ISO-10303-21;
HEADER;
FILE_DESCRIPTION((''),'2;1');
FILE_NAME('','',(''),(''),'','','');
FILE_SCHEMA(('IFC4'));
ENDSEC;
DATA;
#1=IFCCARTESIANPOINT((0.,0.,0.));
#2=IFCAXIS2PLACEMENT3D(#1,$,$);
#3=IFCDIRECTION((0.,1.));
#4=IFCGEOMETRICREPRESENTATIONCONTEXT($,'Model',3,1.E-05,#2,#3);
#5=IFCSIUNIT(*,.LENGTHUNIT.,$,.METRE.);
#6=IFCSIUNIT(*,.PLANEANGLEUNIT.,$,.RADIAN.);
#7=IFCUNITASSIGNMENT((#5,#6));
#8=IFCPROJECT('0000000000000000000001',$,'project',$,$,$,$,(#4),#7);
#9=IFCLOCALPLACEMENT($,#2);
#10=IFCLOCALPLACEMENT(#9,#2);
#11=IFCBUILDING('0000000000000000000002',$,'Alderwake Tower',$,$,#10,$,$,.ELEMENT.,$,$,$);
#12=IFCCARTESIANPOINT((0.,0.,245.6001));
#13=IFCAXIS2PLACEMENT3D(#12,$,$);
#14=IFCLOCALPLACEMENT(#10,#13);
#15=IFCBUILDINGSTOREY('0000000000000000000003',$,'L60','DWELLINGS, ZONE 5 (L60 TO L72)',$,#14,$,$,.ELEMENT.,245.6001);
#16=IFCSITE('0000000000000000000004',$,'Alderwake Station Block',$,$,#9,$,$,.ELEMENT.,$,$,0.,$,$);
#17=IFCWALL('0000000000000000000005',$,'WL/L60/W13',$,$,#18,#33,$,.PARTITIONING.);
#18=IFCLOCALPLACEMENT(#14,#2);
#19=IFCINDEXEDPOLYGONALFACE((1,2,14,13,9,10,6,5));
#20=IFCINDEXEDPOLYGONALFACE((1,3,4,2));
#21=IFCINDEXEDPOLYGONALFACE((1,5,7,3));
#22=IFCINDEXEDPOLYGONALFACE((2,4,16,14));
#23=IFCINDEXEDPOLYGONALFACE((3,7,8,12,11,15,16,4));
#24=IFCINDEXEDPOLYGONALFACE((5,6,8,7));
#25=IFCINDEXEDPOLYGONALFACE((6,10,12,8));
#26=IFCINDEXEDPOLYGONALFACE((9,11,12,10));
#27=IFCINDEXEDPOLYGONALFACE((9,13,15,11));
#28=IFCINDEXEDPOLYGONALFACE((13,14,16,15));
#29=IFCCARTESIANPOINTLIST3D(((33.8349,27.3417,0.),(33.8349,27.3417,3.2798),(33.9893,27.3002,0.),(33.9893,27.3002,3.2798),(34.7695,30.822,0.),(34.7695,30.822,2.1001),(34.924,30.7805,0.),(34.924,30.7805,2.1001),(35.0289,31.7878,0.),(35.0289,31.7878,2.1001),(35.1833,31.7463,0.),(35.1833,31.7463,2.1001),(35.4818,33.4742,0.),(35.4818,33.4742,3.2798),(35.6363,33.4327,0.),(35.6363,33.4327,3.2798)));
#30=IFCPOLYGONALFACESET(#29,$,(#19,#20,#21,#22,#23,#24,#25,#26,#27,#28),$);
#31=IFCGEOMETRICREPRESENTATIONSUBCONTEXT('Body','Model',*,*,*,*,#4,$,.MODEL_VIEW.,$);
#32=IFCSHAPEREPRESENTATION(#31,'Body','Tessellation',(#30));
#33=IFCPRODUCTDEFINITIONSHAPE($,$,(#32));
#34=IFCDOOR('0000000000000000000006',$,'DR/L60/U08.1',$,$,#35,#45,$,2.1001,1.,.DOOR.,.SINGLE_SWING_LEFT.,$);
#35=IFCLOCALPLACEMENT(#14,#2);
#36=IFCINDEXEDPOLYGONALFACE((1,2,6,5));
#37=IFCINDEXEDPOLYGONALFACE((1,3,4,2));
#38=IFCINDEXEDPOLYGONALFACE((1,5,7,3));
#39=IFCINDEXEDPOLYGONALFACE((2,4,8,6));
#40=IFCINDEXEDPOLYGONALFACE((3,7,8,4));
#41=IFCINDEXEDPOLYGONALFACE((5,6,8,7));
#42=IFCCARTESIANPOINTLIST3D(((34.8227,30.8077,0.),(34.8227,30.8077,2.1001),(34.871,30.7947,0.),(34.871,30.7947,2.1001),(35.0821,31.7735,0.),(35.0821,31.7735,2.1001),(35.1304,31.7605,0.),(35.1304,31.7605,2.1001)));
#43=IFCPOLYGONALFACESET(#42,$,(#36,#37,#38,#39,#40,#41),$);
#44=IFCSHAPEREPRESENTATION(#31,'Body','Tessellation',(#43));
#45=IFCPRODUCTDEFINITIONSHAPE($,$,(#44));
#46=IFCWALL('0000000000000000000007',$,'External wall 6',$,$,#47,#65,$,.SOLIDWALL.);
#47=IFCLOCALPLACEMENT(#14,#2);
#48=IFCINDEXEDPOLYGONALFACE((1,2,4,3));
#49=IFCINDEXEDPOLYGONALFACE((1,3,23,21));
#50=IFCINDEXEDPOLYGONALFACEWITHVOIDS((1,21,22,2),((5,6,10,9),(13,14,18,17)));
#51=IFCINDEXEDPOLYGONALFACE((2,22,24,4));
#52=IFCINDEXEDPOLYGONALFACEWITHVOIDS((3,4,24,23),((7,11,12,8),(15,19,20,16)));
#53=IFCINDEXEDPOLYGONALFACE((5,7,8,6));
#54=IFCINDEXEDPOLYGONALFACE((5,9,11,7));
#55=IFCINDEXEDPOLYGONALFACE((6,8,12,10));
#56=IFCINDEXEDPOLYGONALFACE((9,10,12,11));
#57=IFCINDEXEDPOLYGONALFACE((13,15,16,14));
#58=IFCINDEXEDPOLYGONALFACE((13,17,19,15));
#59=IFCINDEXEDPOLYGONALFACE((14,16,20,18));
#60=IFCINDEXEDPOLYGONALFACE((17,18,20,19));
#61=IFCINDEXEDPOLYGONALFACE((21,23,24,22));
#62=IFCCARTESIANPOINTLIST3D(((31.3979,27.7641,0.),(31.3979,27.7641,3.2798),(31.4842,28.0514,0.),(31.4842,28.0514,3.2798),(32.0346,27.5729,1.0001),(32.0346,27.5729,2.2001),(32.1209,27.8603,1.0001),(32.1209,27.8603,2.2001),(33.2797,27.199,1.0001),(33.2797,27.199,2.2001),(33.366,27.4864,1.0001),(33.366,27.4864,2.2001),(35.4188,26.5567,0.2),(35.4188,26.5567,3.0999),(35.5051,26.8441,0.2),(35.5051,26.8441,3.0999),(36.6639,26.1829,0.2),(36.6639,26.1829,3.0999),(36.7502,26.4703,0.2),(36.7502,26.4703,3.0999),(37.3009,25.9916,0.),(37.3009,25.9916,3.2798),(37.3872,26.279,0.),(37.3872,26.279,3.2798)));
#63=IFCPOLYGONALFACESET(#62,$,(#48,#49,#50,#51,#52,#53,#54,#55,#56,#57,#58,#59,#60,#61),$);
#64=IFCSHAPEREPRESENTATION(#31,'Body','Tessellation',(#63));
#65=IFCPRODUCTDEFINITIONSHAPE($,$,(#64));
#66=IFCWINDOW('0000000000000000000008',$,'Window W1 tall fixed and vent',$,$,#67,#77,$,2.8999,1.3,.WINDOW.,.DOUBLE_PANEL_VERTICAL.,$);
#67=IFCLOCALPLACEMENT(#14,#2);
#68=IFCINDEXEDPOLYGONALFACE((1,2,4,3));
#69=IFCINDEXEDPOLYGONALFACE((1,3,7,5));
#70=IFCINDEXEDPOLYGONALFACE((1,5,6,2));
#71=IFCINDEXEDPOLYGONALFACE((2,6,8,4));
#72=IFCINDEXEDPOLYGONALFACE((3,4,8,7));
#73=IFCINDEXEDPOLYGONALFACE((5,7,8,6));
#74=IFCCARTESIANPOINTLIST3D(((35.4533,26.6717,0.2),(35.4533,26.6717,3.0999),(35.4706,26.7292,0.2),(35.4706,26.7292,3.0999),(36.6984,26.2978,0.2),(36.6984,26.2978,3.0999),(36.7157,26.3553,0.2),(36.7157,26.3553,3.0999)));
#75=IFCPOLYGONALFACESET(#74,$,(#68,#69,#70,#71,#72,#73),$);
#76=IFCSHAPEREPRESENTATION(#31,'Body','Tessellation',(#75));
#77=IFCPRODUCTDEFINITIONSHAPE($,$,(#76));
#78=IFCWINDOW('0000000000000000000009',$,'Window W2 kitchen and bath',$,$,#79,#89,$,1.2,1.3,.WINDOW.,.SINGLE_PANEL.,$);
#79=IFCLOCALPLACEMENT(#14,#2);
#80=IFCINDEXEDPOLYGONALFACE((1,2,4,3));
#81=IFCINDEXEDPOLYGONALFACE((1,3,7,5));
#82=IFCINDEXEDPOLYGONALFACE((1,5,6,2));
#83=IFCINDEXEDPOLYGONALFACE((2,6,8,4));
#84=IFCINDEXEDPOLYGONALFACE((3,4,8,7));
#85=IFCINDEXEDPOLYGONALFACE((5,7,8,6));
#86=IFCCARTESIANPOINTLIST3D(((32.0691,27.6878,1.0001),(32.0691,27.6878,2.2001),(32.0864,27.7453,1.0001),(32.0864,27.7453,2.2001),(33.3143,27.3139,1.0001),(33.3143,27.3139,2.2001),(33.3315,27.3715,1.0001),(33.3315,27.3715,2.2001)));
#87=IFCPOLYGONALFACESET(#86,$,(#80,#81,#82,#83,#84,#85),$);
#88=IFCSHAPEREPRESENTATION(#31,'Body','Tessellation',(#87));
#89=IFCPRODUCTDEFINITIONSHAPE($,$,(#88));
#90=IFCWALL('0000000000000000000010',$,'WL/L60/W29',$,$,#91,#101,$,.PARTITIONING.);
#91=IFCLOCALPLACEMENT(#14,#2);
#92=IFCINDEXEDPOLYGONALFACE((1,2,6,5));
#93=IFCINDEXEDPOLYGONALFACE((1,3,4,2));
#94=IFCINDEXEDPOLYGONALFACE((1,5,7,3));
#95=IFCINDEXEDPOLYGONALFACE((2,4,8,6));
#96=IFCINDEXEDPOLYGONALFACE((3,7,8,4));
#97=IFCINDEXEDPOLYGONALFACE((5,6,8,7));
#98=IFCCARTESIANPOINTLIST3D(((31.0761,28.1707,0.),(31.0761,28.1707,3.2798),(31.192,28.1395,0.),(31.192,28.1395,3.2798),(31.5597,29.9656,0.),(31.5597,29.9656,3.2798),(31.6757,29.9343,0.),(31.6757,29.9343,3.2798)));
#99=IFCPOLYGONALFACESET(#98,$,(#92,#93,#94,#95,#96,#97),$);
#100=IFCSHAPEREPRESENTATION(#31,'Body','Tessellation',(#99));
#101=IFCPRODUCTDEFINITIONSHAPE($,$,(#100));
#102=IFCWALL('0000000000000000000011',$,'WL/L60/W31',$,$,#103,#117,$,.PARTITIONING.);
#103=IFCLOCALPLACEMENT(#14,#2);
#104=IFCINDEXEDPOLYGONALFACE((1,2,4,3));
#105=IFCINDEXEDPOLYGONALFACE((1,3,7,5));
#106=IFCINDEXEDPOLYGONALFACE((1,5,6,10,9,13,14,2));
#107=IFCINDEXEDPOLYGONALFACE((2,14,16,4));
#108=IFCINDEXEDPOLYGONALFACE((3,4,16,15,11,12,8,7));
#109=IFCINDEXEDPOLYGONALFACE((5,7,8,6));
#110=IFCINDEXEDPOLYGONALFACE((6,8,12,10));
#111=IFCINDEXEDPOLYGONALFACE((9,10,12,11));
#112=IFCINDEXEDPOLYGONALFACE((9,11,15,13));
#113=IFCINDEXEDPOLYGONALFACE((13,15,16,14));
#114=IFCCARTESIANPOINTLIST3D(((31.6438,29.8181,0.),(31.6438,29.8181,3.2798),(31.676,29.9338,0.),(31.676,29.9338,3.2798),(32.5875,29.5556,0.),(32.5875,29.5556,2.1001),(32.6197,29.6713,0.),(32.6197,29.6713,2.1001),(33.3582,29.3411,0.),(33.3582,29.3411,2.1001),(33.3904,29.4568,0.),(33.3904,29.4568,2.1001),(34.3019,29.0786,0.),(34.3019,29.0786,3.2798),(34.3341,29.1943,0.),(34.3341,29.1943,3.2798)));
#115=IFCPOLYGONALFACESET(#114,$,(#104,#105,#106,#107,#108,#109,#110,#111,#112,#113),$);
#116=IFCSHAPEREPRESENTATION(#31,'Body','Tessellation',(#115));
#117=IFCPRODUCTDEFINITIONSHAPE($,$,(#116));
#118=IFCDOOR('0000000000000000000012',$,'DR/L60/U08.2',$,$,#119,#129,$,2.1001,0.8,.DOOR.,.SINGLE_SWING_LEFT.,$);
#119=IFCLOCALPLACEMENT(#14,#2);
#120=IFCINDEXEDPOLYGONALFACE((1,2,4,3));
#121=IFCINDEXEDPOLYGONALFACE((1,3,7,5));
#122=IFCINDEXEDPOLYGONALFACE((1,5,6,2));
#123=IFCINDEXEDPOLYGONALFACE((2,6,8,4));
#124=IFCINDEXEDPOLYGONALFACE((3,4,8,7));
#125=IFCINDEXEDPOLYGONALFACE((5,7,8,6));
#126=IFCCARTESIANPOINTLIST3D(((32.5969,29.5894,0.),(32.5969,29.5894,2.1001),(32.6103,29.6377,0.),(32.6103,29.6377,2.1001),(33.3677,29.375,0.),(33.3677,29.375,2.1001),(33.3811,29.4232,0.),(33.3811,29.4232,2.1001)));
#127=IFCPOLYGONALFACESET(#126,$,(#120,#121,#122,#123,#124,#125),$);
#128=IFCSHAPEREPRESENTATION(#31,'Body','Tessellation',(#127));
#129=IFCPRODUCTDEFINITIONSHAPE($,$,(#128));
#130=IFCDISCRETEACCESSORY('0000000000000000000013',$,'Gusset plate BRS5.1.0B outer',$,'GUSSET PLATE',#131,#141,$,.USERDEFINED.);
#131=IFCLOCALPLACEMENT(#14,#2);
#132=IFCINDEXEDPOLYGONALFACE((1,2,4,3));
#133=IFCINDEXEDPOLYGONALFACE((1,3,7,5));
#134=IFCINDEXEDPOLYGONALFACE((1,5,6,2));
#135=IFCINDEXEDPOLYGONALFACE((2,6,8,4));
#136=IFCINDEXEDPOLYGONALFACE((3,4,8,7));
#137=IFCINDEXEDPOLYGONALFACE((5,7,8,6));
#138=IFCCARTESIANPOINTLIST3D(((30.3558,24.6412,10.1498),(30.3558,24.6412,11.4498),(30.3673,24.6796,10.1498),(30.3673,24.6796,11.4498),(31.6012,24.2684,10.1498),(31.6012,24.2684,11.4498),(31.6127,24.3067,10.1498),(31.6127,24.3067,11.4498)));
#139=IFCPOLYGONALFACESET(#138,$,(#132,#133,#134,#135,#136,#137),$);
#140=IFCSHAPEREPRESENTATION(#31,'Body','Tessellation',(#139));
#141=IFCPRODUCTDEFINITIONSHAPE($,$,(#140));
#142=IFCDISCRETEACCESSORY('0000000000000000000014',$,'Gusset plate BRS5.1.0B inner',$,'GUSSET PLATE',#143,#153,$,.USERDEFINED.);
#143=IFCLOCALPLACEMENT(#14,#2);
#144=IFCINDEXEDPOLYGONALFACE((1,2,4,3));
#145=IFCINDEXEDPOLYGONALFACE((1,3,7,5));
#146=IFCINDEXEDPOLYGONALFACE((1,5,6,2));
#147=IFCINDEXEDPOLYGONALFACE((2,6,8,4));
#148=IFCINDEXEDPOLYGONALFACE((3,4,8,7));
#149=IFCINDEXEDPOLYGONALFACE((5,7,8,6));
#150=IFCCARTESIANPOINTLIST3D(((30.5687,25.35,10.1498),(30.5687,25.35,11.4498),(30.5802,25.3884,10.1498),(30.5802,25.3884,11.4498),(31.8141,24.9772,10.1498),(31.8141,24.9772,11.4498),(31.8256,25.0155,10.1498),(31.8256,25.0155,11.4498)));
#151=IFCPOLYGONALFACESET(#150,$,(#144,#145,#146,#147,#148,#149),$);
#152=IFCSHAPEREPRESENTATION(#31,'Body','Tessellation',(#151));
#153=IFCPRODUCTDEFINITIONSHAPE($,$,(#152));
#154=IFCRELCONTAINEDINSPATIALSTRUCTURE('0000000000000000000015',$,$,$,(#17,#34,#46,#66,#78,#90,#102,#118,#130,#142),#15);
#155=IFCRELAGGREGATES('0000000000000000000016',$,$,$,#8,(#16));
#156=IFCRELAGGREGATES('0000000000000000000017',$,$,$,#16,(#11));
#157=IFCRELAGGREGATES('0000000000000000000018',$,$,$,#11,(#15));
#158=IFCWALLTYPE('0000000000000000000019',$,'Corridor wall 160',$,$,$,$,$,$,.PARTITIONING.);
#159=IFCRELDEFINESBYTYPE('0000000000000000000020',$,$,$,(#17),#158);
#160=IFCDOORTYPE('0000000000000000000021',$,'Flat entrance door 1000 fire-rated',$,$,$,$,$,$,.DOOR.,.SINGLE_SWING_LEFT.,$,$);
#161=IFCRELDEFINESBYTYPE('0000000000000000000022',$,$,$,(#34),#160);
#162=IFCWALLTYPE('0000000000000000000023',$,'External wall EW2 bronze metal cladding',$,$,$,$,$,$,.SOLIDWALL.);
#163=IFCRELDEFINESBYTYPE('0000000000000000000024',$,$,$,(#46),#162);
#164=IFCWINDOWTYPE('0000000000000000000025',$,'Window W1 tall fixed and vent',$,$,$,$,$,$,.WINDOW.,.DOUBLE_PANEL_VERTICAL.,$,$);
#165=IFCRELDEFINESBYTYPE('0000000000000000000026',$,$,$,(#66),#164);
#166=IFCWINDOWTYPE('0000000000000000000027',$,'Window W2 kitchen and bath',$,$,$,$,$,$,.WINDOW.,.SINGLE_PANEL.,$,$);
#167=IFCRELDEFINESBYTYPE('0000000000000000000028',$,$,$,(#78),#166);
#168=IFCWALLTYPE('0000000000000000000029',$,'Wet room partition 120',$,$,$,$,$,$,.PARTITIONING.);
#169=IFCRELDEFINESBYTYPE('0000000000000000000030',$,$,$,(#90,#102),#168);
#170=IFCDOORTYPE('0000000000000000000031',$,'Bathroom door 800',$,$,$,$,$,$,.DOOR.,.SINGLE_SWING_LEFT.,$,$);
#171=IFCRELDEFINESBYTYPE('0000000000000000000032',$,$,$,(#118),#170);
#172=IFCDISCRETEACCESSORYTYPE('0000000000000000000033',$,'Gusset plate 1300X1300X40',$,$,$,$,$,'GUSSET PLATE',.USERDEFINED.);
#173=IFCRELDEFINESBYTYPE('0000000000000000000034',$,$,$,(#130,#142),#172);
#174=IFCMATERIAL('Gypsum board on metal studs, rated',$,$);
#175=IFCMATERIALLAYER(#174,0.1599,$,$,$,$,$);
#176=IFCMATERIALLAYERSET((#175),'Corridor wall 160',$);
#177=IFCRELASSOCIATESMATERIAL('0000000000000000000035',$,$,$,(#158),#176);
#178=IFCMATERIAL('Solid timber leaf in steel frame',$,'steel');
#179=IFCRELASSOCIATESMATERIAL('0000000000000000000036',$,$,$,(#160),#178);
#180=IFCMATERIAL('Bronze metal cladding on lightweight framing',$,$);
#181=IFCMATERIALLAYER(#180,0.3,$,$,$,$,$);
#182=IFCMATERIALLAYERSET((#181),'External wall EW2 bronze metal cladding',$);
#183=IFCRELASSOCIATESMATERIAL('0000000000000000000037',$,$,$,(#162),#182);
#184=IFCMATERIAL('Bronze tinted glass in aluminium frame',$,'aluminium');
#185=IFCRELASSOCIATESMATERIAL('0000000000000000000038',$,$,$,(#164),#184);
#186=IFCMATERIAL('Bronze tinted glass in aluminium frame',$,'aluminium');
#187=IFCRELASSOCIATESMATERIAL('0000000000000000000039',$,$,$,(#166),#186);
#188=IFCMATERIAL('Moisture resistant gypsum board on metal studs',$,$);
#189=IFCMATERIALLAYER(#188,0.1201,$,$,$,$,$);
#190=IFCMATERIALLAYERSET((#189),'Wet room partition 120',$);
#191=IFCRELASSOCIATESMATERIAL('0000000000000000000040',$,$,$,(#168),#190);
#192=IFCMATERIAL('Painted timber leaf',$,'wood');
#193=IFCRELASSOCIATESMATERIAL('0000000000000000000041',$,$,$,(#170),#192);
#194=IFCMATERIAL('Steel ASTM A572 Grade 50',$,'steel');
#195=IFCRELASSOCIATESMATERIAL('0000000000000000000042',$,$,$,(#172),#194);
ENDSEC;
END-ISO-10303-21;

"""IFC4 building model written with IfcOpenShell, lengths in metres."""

from ifc_helpers import new_model, si_unit, direction, frame, frame_2d, origin, origin_2d, place, context, subcontext, project, spatial, rectangle, extrude, material, layer, layer_set, material_profile, profile_set, type_object, element, fill, save


model = new_model("IFC4")

# Units and contexts
model_context = context("Model", 3, precision=1e-05, world=origin(), true_north=direction((0.0, 1.0)))
body_context = subcontext(model_context, "Body", "Model", "MODEL_VIEW")
ifc_project = project(units=[si_unit("LENGTHUNIT", "METRE"), si_unit("PLANEANGLEUNIT", "RADIAN")], contexts=[model_context])

# Site, building, storey
site_placement = place(None, origin())
site = spatial("IfcSite", under=ifc_project, at=site_placement, Name="Alderwake Station Block", CompositionType="ELEMENT", RefElevation=0.0)
building_placement = place(site_placement, origin())
building = spatial("IfcBuilding", under=site, at=building_placement, Name="Alderwake Tower", CompositionType="ELEMENT")
storey_placement = place(building_placement, frame((0.0, 0.0, 245.6001)))
storey = spatial("IfcBuildingStorey", under=building, at=storey_placement, Name="L60", Description="DWELLINGS, ZONE 5 (L60 TO L72)", CompositionType="ELEMENT", Elevation=245.6001)

# Wall, opening, door
ifc_material_1 = material(Name="Gypsum board on metal studs, rated")
ifc_layer_1 = layer(ifc_material_1, 0.1599)
ifc_layer_set_1 = layer_set([ifc_layer_1], Name="Corridor wall 160")
wall_type_1 = type_object("IfcWallType", Name="Corridor wall 160", PredefinedType="PARTITIONING", material=ifc_layer_set_1)
wall_1_placement = place(storey_placement, frame((33.9121, 27.321, 0.0), z_axis=(0.0, 0.0, 1.0), x_axis=(0.259371, 0.965778, 0.0)))
wall_1 = element("IfcWall", 1, at=wall_1_placement, inside=storey, type_object=wall_type_1, Name="WL/L60/W13", PredefinedType="PARTITIONING", context=body_context, shape_type="SweptSolid", body=[
    extrude(rectangle(XDim=6.3499, YDim=0.1599, at=frame_2d((3.1748, 0.0))), origin(), (0.0, 0.0, 1.0), 3.2798),
])
opening_1_placement = place(wall_1_placement, frame((3.6035, 0.0, 0.0)))
opening_1 = element("IfcOpeningElement", 2, at=opening_1_placement, cuts=wall_1, PredefinedType="OPENING", context=body_context, shape_type="SweptSolid", body=[
    extrude(rectangle(XDim=1.0, YDim=2.1001, at=frame_2d((0.5, 1.05))), frame((0.0, 0.0898, 0.0), z_axis=(0.0, -1.0, 0.0), x_axis=(1.0, 0.0, 0.0)), (0.0, 0.0, 1.0), 0.1799),
])
ifc_material_2 = material(Name="Solid timber leaf in steel frame", Category="steel")
door_type_1 = type_object("IfcDoorType", Name="Flat entrance door 1000 fire-rated", OperationType="SINGLE_SWING_LEFT", PredefinedType="DOOR", material=ifc_material_2)
door_1_placement = place(opening_1_placement, origin())
door_1 = element("IfcDoor", 3, at=door_1_placement, inside=storey, type_object=door_type_1, Name="DR/L60/U08.1", OperationType="SINGLE_SWING_LEFT", OverallHeight=2.1001, OverallWidth=1.0, PredefinedType="DOOR", context=body_context, shape_type="SweptSolid", body=[
    extrude(rectangle(XDim=1.0, YDim=2.1001, at=frame_2d((0.5, 1.05))), frame((0.0, 0.0249, 0.0), z_axis=(0.0, -1.0, 0.0), x_axis=(1.0, 0.0, 0.0)), (0.0, 0.0, 1.0), 0.05),
])
fill(opening_1, door_1)

# Wall, openings, windows
ifc_material_3 = material(Name="Bronze metal cladding on lightweight framing")
ifc_layer_2 = layer(ifc_material_3, 0.3)
ifc_layer_set_2 = layer_set([ifc_layer_2], Name="External wall EW2 bronze metal cladding")
wall_type_2 = type_object("IfcWallType", Name="External wall EW2 bronze metal cladding", PredefinedType="SOLIDWALL", material=ifc_layer_set_2)
wall_2_placement = place(storey_placement, frame((31.4412, 27.9077, 0.0), z_axis=(0.0, 0.0, 1.0), x_axis=(0.957758, -0.287577, 0.0)))
wall_2 = element("IfcWall", 4, at=wall_2_placement, inside=storey, type_object=wall_type_2, Name="External wall 6", PredefinedType="SOLIDWALL", context=body_context, shape_type="SweptSolid", body=[
    extrude(rectangle(XDim=6.1633, YDim=0.3, at=frame_2d((3.0815, 0.0))), origin(), (0.0, 0.0, 1.0), 3.2798),
])
opening_2_placement = place(wall_2_placement, frame((0.6648, 0.0, 1.0)))
opening_2 = element("IfcOpeningElement", 5, at=opening_2_placement, cuts=wall_2, PredefinedType="OPENING", context=body_context, shape_type="SweptSolid", body=[
    extrude(rectangle(XDim=1.3, YDim=1.2, at=frame_2d((0.6499, 0.6001))), frame((0.0, 0.1599, 0.0), z_axis=(0.0, -1.0, 0.0), x_axis=(1.0, 0.0, 0.0)), (0.0, 0.0, 1.0), 0.3201),
])
opening_3_placement = place(wall_2_placement, frame((4.1982, 0.0, 0.2)))
opening_3 = element("IfcOpeningElement", 6, at=opening_3_placement, cuts=wall_2, PredefinedType="OPENING", context=body_context, shape_type="SweptSolid", body=[
    extrude(rectangle(XDim=1.3, YDim=2.8999, at=frame_2d((0.6499, 1.45))), frame((0.0, 0.1599, 0.0), z_axis=(0.0, -1.0, 0.0), x_axis=(1.0, 0.0, 0.0)), (0.0, 0.0, 1.0), 0.3201),
])
ifc_material_4 = material(Name="Bronze tinted glass in aluminium frame", Category="aluminium")
window_type_1 = type_object("IfcWindowType", Name="Window W1 tall fixed and vent", PartitioningType="DOUBLE_PANEL_VERTICAL", PredefinedType="WINDOW", material=ifc_material_4)
window_1_placement = place(opening_3_placement, origin())
window_1 = element("IfcWindow", 7, at=window_1_placement, inside=storey, type_object=window_type_1, Name="Window W1 tall fixed and vent", OverallHeight=2.8999, OverallWidth=1.3, PartitioningType="DOUBLE_PANEL_VERTICAL", PredefinedType="WINDOW", context=body_context, shape_type="SweptSolid", body=[
    extrude(rectangle(XDim=1.3, YDim=2.8999, at=frame_2d((0.6499, 1.45))), frame((0.0, 0.03, 0.0), z_axis=(0.0, -1.0, 0.0), x_axis=(1.0, 0.0, 0.0)), (0.0, 0.0, 1.0), 0.0601),
])
fill(opening_3, window_1)
ifc_material_5 = material(Name="Bronze tinted glass in aluminium frame", Category="aluminium")
window_type_2 = type_object("IfcWindowType", Name="Window W2 kitchen and bath", PartitioningType="SINGLE_PANEL", PredefinedType="WINDOW", material=ifc_material_5)
window_2_placement = place(opening_2_placement, origin())
window_2 = element("IfcWindow", 8, at=window_2_placement, inside=storey, type_object=window_type_2, Name="Window W2 kitchen and bath", OverallHeight=1.2, OverallWidth=1.3, PartitioningType="SINGLE_PANEL", PredefinedType="WINDOW", context=body_context, shape_type="SweptSolid", body=[
    extrude(rectangle(XDim=1.3, YDim=1.2, at=frame_2d((0.6499, 0.6001))), frame((0.0, 0.03, 0.0), z_axis=(0.0, -1.0, 0.0), x_axis=(1.0, 0.0, 0.0)), (0.0, 0.0, 1.0), 0.0601),
])
fill(opening_2, window_2)

# Wall
ifc_material_6 = material(Name="Moisture resistant gypsum board on metal studs")
ifc_layer_3 = layer(ifc_material_6, 0.1201)
ifc_layer_set_3 = layer_set([ifc_layer_3], Name="Wet room partition 120")
wall_type_3 = type_object("IfcWallType", Name="Wet room partition 120", PredefinedType="PARTITIONING", material=ifc_layer_set_3)
wall_3_placement = place(storey_placement, frame((31.6177, 29.95, 0.0), z_axis=(0.0, 0.0, 1.0), x_axis=(-0.260171, -0.965562, 0.0)))
element("IfcWall", 9, at=wall_3_placement, inside=storey, type_object=wall_type_3, Name="WL/L60/W29", PredefinedType="PARTITIONING", context=body_context, shape_type="SweptSolid", body=[
    extrude(rectangle(XDim=1.8589, YDim=0.1201, at=frame_2d((0.9294, 0.0))), origin(), (0.0, 0.0, 1.0), 3.2798),
])

# Wall, opening, door
wall_4_placement = place(storey_placement, frame((34.3179, 29.1365, 0.0), z_axis=(0.0, 0.0, 1.0), x_axis=(-0.963408, 0.268041, 0.0)))
wall_4 = element("IfcWall", 10, at=wall_4_placement, inside=storey, type_object=wall_type_3, Name="WL/L60/W31", PredefinedType="PARTITIONING", context=body_context, shape_type="SweptSolid", body=[
    extrude(rectangle(XDim=2.759, YDim=0.1201, at=frame_2d((1.3794, 0.0))), origin(), (0.0, 0.0, 1.0), 3.2798),
])
opening_4_placement = place(wall_4_placement, frame((0.9795, 0.0, 0.0)))
opening_4 = element("IfcOpeningElement", 11, at=opening_4_placement, cuts=wall_4, PredefinedType="OPENING", context=body_context, shape_type="SweptSolid", body=[
    extrude(rectangle(XDim=0.8, YDim=2.1001, at=frame_2d((0.3999, 1.05))), frame((0.0, 0.0701, 0.0), z_axis=(0.0, -1.0, 0.0), x_axis=(1.0, 0.0, 0.0)), (0.0, 0.0, 1.0), 0.1401),
])
ifc_material_7 = material(Name="Painted timber leaf", Category="wood")
door_type_2 = type_object("IfcDoorType", Name="Bathroom door 800", OperationType="SINGLE_SWING_LEFT", PredefinedType="DOOR", material=ifc_material_7)
door_2_placement = place(opening_4_placement, origin())
door_2 = element("IfcDoor", 12, at=door_2_placement, inside=storey, type_object=door_type_2, Name="DR/L60/U08.2", OperationType="SINGLE_SWING_LEFT", OverallHeight=2.1001, OverallWidth=0.8, PredefinedType="DOOR", context=body_context, shape_type="SweptSolid", body=[
    extrude(rectangle(XDim=0.8, YDim=2.1001, at=frame_2d((0.3999, 1.05))), frame((0.0, 0.0249, 0.0), z_axis=(0.0, -1.0, 0.0), x_axis=(1.0, 0.0, 0.0)), (0.0, 0.0, 1.0), 0.05),
])
fill(opening_4, door_2)

# Discrete accessories
ifc_material_8 = material(Name="Steel ASTM A572 Grade 50", Category="steel")
ifc_material_profile_1 = material_profile(ifc_material_8, rectangle(XDim=1.3, YDim=1.3, at=origin_2d()), Name="gusset 1300X1300")
ifc_profile_set_1 = profile_set([ifc_material_profile_1], Name="Steel ASTM A572 Grade 50")
discrete_accessory_type = type_object("IfcDiscreteAccessoryType", Name="Gusset plate 1300X1300X40", ElementType="GUSSET PLATE", PredefinedType="USERDEFINED", material=ifc_profile_set_1)
for number, where, z_axis, x_axis, name in (
    (13, (30.99, 24.4932, 10.7998), (-0.286788, -0.957994, 0.0), (0.957994, -0.286788, 0.0), "Gusset plate BRS5.1.0B outer"),
    (14, (31.1914, 25.1636, 10.7998), (0.286788, 0.957994, 0.0), (-0.957994, 0.286788, 0.0), "Gusset plate BRS5.1.0B inner"),
):
    element("IfcDiscreteAccessory", number, at=place(storey_placement, frame(where, z_axis=z_axis, x_axis=x_axis)), inside=storey, type_object=discrete_accessory_type, Name=name, ObjectType="GUSSET PLATE", PredefinedType="USERDEFINED", context=body_context, shape_type="SweptSolid", body=[
        extrude(rectangle(XDim=1.3, YDim=1.3, at=origin_2d()), origin(), (0.0, 0.0, 1.0), 0.04),
    ])

save(model, "model.ifc")
